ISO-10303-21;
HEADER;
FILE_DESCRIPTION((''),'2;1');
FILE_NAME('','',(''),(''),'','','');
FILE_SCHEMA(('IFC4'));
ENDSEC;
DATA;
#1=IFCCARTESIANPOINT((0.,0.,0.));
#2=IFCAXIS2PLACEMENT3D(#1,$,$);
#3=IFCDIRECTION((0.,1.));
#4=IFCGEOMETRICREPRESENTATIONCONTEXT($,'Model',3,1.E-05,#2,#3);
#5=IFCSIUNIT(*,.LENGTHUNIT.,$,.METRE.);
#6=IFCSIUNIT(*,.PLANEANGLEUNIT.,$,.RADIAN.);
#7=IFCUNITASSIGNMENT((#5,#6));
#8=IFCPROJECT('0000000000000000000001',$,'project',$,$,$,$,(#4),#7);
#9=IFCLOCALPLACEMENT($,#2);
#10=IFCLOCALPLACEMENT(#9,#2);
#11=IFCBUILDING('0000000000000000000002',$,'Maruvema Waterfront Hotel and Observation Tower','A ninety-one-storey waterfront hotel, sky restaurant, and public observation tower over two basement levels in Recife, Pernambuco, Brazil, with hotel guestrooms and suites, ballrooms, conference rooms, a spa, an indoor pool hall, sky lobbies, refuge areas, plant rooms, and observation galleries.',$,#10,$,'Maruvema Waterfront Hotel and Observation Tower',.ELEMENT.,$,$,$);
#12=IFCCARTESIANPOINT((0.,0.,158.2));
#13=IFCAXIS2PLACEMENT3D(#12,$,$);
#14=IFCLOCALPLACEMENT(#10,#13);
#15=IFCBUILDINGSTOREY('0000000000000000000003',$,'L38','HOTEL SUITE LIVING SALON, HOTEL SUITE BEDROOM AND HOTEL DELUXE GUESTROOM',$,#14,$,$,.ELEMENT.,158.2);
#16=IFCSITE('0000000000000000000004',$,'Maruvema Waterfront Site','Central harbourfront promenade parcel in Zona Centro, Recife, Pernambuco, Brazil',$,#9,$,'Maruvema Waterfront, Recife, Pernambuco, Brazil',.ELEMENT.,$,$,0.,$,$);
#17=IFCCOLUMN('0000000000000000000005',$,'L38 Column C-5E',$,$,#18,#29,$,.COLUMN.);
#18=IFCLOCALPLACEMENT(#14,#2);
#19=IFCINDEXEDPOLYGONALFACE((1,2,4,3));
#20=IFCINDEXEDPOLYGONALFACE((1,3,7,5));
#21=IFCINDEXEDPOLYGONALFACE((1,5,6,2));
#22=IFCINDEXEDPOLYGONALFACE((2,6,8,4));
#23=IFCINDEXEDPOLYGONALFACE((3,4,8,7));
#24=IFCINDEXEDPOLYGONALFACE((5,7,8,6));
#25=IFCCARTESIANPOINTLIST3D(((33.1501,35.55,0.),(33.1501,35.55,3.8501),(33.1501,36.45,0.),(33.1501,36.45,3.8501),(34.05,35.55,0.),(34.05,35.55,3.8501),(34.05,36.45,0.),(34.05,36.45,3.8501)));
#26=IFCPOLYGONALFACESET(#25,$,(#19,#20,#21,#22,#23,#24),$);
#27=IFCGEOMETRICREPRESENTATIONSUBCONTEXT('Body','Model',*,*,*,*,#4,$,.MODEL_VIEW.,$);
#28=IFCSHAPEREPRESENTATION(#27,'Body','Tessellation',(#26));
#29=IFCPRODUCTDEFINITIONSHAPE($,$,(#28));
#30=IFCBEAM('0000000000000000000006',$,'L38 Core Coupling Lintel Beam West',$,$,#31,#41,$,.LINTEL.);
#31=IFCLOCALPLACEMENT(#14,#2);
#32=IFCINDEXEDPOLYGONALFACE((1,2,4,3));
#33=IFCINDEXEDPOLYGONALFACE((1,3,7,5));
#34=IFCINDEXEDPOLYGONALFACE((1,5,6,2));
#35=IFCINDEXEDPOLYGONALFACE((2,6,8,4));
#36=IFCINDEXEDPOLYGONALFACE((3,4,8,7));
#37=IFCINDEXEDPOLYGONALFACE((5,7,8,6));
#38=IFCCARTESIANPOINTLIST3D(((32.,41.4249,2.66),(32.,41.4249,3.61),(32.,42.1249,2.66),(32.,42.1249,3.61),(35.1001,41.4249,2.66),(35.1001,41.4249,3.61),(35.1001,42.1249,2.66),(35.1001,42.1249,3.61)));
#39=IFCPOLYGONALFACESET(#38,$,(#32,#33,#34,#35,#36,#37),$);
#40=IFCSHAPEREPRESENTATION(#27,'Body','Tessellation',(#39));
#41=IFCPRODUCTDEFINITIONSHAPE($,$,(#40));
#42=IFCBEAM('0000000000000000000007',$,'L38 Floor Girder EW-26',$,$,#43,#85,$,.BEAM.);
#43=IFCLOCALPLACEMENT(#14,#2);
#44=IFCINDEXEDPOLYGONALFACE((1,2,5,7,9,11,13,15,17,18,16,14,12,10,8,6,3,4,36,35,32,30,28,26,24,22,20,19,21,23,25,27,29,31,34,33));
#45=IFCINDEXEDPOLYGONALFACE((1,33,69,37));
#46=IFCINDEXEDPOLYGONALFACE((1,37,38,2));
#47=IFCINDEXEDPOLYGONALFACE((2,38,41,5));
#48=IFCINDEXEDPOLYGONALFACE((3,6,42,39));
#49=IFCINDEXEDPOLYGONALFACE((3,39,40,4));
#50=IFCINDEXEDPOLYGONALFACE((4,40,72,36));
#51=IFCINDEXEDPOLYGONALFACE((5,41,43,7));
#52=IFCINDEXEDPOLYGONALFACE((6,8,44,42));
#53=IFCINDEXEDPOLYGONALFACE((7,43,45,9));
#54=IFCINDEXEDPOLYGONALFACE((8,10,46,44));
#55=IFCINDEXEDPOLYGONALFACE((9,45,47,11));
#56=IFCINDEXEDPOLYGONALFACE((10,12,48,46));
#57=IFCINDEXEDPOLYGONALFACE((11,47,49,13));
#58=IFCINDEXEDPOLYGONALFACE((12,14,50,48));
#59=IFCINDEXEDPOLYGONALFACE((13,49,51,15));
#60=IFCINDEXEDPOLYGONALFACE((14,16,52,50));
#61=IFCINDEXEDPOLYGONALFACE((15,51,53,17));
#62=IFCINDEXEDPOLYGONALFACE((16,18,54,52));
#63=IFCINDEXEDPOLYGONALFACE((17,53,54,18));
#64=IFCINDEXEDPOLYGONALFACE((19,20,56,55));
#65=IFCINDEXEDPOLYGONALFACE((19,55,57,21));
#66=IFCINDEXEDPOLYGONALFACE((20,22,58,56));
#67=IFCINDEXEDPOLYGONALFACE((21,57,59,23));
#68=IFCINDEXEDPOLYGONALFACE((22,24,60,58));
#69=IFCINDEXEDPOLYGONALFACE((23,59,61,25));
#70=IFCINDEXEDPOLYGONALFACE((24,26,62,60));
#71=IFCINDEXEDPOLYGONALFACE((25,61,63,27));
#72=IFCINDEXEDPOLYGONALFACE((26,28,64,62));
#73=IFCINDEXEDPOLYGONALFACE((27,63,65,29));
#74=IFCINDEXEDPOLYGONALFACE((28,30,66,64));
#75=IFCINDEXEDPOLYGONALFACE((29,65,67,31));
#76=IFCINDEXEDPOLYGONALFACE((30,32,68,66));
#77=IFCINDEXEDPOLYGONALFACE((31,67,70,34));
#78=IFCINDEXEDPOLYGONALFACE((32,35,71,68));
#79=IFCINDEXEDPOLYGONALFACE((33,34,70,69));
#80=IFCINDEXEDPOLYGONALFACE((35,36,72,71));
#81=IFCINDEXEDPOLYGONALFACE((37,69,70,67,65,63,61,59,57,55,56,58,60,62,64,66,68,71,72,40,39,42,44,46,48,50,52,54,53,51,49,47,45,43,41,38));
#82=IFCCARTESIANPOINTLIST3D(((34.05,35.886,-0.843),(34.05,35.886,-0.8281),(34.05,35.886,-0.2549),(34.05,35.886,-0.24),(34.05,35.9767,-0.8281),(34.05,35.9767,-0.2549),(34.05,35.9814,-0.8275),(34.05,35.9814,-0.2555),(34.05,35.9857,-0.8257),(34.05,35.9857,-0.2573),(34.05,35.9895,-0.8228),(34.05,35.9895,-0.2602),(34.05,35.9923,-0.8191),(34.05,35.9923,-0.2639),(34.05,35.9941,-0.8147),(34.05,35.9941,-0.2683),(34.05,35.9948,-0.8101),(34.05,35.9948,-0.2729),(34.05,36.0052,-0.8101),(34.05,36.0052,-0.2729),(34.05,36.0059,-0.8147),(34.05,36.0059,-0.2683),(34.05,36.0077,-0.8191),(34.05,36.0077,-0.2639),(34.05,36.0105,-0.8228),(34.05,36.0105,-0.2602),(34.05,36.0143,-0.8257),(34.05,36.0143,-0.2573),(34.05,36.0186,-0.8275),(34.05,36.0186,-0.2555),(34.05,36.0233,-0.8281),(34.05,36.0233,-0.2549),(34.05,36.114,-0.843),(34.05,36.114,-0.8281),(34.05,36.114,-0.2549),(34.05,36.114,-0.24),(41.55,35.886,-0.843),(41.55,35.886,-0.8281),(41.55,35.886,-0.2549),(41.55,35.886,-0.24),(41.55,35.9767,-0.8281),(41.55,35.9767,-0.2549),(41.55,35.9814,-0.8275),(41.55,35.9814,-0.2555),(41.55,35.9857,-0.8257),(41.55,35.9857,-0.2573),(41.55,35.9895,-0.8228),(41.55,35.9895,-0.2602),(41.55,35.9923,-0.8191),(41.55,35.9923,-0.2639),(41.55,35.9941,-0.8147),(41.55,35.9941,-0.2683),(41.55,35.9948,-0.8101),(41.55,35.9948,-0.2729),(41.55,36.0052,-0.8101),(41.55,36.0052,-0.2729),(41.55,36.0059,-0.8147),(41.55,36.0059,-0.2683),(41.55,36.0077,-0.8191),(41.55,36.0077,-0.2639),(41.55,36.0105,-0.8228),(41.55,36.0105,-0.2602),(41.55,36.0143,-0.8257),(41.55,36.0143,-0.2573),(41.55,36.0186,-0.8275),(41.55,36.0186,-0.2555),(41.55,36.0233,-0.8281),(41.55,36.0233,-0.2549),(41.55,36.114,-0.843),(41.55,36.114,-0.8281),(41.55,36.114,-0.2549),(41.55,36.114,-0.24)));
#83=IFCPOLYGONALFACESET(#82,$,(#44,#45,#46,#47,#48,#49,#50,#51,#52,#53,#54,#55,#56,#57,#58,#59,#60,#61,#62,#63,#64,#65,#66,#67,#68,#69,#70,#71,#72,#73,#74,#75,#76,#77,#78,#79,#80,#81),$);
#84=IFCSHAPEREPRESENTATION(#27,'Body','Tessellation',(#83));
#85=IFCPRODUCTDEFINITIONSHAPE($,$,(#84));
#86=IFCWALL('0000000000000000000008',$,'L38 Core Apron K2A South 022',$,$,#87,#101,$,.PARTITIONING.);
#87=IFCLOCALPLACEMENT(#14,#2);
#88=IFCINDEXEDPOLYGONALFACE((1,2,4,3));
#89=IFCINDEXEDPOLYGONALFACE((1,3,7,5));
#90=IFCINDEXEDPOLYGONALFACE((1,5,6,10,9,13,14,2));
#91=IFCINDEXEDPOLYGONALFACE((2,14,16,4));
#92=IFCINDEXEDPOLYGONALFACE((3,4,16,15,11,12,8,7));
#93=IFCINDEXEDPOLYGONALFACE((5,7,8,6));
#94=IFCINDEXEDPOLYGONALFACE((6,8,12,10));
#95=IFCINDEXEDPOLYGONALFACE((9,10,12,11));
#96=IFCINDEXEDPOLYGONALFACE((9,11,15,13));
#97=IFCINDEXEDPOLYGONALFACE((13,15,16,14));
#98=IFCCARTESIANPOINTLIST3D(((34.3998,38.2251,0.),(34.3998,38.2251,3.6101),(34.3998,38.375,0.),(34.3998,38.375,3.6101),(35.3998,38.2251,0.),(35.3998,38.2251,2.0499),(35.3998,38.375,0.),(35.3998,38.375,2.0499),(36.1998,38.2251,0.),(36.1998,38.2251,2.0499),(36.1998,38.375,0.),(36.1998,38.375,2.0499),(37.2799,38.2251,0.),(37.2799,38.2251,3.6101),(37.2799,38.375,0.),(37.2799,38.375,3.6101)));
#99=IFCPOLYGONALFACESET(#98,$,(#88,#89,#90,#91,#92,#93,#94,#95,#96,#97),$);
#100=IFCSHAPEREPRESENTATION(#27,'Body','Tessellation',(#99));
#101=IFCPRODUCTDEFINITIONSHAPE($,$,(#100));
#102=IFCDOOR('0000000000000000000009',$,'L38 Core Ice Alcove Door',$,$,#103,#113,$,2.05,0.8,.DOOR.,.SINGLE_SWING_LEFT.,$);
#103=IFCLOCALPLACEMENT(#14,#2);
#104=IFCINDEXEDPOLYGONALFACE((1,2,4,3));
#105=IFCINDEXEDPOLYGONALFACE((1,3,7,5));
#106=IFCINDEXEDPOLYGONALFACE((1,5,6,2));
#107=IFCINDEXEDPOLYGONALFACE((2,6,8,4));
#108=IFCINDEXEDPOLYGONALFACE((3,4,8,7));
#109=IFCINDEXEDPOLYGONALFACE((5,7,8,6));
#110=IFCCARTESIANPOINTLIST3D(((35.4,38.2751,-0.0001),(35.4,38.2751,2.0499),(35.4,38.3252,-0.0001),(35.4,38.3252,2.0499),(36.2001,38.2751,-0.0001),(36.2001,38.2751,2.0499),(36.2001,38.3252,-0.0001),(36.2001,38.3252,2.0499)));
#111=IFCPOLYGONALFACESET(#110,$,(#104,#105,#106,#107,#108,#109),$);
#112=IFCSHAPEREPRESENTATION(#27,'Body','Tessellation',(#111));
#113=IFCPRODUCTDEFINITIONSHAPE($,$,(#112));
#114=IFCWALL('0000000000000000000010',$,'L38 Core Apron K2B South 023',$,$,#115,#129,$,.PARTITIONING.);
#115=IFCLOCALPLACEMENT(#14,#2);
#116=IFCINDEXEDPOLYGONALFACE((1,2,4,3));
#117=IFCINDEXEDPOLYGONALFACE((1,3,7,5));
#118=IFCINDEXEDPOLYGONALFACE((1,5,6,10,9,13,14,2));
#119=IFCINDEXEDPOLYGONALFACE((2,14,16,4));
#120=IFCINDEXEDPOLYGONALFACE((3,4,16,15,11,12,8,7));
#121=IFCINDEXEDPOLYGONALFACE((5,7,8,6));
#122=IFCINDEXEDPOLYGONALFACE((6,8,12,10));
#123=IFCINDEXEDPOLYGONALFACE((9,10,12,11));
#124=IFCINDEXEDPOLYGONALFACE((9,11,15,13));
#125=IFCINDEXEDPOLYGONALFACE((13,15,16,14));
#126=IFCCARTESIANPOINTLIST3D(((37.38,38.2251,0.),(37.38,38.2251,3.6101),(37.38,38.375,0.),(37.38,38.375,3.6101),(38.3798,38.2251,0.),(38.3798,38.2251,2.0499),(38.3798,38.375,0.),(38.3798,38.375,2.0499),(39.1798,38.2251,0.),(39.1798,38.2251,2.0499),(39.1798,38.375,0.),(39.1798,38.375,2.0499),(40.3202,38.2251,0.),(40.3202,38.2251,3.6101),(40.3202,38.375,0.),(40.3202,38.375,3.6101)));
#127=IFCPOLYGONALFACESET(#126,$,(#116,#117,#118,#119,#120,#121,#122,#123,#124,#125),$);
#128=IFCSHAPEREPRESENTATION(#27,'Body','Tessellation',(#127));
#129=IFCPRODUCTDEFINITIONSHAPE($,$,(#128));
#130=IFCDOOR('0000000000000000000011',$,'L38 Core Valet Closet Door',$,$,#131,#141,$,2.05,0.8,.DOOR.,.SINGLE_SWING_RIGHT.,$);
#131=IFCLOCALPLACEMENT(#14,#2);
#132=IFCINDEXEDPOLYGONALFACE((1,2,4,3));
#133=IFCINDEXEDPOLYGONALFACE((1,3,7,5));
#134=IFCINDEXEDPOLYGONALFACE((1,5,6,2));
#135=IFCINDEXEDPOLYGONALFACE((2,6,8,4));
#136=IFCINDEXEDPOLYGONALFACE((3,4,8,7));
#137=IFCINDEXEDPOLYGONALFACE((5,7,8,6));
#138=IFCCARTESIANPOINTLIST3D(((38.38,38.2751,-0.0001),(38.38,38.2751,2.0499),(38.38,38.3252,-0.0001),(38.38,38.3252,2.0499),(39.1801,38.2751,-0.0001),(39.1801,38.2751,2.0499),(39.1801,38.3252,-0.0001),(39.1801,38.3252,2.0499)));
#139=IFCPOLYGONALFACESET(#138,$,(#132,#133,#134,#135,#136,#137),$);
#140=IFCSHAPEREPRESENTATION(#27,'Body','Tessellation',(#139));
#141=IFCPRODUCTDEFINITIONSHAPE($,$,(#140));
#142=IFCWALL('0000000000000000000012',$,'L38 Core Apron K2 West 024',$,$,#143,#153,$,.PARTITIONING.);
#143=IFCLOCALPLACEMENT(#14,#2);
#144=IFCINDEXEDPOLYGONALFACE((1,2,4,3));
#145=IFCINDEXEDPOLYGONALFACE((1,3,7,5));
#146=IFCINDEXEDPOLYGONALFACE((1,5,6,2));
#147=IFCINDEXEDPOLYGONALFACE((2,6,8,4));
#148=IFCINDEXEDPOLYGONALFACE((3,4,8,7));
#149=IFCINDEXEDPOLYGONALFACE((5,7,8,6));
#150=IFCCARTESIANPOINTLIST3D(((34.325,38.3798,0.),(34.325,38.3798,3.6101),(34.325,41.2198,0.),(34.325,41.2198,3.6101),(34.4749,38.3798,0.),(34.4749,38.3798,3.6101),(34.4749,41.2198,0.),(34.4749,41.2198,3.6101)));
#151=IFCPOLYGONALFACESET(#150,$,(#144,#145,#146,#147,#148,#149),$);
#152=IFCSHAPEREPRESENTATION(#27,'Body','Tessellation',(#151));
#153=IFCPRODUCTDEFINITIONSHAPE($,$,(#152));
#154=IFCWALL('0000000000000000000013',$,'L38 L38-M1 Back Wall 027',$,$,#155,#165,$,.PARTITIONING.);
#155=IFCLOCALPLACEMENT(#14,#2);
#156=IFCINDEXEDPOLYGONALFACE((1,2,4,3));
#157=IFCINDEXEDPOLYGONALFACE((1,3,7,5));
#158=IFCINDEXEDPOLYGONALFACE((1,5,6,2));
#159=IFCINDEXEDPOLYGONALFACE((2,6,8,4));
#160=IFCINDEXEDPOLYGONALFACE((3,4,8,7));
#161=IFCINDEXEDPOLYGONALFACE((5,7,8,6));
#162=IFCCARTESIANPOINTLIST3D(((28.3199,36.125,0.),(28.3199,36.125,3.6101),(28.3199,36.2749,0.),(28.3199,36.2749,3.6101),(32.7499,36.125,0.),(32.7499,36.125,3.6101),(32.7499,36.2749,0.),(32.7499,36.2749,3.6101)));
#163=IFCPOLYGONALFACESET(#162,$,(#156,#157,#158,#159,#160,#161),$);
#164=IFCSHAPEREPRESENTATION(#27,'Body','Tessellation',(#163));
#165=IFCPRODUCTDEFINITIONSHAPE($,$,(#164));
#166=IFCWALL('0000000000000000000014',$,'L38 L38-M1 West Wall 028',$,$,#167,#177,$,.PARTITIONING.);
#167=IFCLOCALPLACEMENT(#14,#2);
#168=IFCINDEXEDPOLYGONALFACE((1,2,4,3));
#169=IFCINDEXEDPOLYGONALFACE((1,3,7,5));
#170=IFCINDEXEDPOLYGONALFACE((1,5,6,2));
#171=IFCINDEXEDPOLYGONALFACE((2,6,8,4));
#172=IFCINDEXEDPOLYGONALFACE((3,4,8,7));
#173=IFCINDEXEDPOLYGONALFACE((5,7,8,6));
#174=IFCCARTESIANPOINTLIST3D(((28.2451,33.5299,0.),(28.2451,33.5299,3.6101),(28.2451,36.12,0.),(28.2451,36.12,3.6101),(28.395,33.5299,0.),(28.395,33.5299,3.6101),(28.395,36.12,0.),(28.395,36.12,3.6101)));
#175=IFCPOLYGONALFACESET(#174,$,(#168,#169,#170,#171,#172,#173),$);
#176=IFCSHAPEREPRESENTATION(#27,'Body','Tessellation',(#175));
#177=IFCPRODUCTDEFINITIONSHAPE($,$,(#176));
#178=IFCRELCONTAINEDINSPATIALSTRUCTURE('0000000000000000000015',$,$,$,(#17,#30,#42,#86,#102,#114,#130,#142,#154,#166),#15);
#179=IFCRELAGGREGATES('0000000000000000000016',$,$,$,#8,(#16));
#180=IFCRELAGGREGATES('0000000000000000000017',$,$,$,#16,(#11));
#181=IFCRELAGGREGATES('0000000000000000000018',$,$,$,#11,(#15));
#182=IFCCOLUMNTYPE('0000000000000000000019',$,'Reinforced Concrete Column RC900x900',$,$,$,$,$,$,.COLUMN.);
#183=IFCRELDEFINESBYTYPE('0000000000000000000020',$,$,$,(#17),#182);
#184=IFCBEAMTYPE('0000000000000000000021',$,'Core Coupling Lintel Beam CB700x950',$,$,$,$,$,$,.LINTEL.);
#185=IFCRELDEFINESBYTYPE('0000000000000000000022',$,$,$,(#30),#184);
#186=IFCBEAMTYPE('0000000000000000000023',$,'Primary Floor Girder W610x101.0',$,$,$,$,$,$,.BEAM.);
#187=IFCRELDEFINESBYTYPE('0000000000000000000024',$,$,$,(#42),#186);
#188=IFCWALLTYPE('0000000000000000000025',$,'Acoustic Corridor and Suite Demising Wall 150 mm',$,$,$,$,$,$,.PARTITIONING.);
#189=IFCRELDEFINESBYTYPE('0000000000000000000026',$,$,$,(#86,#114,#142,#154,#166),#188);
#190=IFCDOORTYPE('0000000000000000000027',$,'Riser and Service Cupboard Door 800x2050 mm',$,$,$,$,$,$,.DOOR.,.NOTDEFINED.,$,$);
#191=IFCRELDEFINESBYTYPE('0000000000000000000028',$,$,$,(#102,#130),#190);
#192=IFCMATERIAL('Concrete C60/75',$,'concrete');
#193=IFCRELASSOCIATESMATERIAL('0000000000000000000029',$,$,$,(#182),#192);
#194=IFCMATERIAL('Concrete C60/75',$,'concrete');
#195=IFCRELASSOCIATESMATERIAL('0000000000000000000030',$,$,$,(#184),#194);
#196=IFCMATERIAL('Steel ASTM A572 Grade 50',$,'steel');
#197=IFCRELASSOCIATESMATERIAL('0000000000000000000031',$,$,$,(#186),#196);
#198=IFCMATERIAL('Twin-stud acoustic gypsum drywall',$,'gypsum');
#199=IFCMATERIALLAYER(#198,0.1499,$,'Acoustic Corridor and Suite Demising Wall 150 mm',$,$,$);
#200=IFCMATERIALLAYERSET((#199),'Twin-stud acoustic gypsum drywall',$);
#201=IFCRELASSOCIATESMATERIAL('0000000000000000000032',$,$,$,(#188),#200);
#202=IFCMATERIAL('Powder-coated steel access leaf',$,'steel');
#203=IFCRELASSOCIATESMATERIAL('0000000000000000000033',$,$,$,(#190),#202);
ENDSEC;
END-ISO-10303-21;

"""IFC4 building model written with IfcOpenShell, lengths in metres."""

from ifc_helpers import new_model, si_unit, direction, frame, frame_2d, origin, origin_2d, place, context, subcontext, project, spatial, rectangle, i_section, extrude, material, layer, layer_set, material_profile, profile_set, type_object, element, fill, save


model = new_model("IFC4")

# Units and contexts
model_context = context("Model", 3, precision=1e-05, world=origin(), true_north=direction((0.0, 1.0)))
body_context = subcontext(model_context, "Body", "Model", "MODEL_VIEW")
ifc_project = project(units=[si_unit("LENGTHUNIT", "METRE"), si_unit("PLANEANGLEUNIT", "RADIAN")], contexts=[model_context])

# Site, building, storey
site_placement = place(None, origin())
site = spatial("IfcSite", under=ifc_project, at=site_placement, Name="Maruvema Waterfront Site", Description="Central harbourfront promenade parcel in Zona Centro, Recife, Pernambuco, Brazil", LongName="Maruvema Waterfront, Recife, Pernambuco, Brazil", CompositionType="ELEMENT", RefElevation=0.0)
building_placement = place(site_placement, origin())
building = spatial("IfcBuilding", under=site, at=building_placement, Name="Maruvema Waterfront Hotel and Observation Tower", Description="A ninety-one-storey waterfront hotel, sky restaurant, and public observation tower over two basement levels in Recife, Pernambuco, Brazil, with hotel guestrooms and suites, ballrooms, conference rooms, a spa, an indoor pool hall, sky lobbies, refuge areas, plant rooms, and observation galleries.", LongName="Maruvema Waterfront Hotel and Observation Tower", CompositionType="ELEMENT")
storey_placement = place(building_placement, frame((0.0, 0.0, 158.2)))
storey = spatial("IfcBuildingStorey", under=building, at=storey_placement, Name="L38", Description="HOTEL SUITE LIVING SALON, HOTEL SUITE BEDROOM AND HOTEL DELUXE GUESTROOM", CompositionType="ELEMENT", Elevation=158.2)

# Column
ifc_material_1 = material(Name="Concrete C60/75", Category="concrete")
ifc_material_profile_1 = material_profile(ifc_material_1, rectangle(XDim=0.8999, YDim=0.8999, at=origin_2d()), Name="RC900x900")
ifc_profile_set_1 = profile_set([ifc_material_profile_1], Name="Concrete C60/75")
column_type = type_object("IfcColumnType", Name="Reinforced Concrete Column RC900x900", PredefinedType="COLUMN", material=ifc_profile_set_1)
column_placement = place(storey_placement, frame((33.6001, 36.0, 0.0), z_axis=(0.0, 0.0, 1.0), x_axis=(1.0, 0.0, 0.0)))
element("IfcColumn", 1, at=column_placement, inside=storey, type_object=column_type, Name="L38 Column C-5E", PredefinedType="COLUMN", context=body_context, shape_type="SweptSolid", body=[
    extrude(rectangle(XDim=0.8999, YDim=0.8999, at=origin_2d()), origin(), (0.0, 0.0, 1.0), 3.8501),
])

# Beams
ifc_material_2 = material(Name="Concrete C60/75", Category="concrete")
ifc_material_profile_2 = material_profile(ifc_material_2, rectangle(XDim=0.7, YDim=0.95, at=origin_2d()), Name="CB700x950")
ifc_profile_set_2 = profile_set([ifc_material_profile_2], Name="Concrete C60/75")
beam_type_1 = type_object("IfcBeamType", Name="Core Coupling Lintel Beam CB700x950", PredefinedType="LINTEL", material=ifc_profile_set_2)
beam_1_placement = place(storey_placement, frame((32.0, 41.7749, 3.135), z_axis=(1.0, 0.0, 0.0), x_axis=(0.0, 1.0, 0.0)))
element("IfcBeam", 2, at=beam_1_placement, inside=storey, type_object=beam_type_1, Name="L38 Core Coupling Lintel Beam West", PredefinedType="LINTEL", context=body_context, shape_type="SweptSolid", body=[
    extrude(rectangle(XDim=0.7, YDim=0.95, at=origin_2d()), origin(), (0.0, 0.0, 1.0), 3.1001),
])
ifc_material_3 = material(Name="Steel ASTM A572 Grade 50", Category="steel")
ifc_material_profile_3 = material_profile(ifc_material_3, i_section(OverallWidth=0.228, OverallDepth=0.603, WebThickness=0.0105, FlangeThickness=0.0149, FilletRadius=0.0181, at=origin_2d()), Name="W610x101.0")
ifc_profile_set_3 = profile_set([ifc_material_profile_3], Name="Steel ASTM A572 Grade 50")
beam_type_2 = type_object("IfcBeamType", Name="Primary Floor Girder W610x101.0", PredefinedType="BEAM", material=ifc_profile_set_3)
beam_2_placement = place(storey_placement, frame((34.05, 36.0, -0.5415), z_axis=(1.0, 0.0, 0.0), x_axis=(0.0, 1.0, 0.0)))
element("IfcBeam", 3, at=beam_2_placement, inside=storey, type_object=beam_type_2, Name="L38 Floor Girder EW-26", PredefinedType="BEAM", context=body_context, shape_type="SweptSolid", body=[
    extrude(i_section(OverallWidth=0.228, OverallDepth=0.603, WebThickness=0.0105, FlangeThickness=0.0149, FilletRadius=0.0181, at=origin_2d()), origin(), (0.0, 0.0, 1.0), 7.5),
])

# Walls, openings, doors
ifc_material_4 = material(Name="Twin-stud acoustic gypsum drywall", Category="gypsum")
ifc_layer_1 = layer(ifc_material_4, 0.1499, Name="Acoustic Corridor and Suite Demising Wall 150 mm")
ifc_layer_set_1 = layer_set([ifc_layer_1], Name="Twin-stud acoustic gypsum drywall")
wall_type_1 = type_object("IfcWallType", Name="Acoustic Corridor and Suite Demising Wall 150 mm", PredefinedType="PARTITIONING", material=ifc_layer_set_1)
wall_1_placement = place(storey_placement, frame((34.3999, 38.3, 0.0), z_axis=(0.0, 0.0, 1.0), x_axis=(1.0, 0.0, 0.0)))
wall_1 = element("IfcWall", 4, at=wall_1_placement, inside=storey, type_object=wall_type_1, Name="L38 Core Apron K2A South 022", PredefinedType="PARTITIONING", context=body_context, shape_type="SweptSolid", body=[
    extrude(rectangle(XDim=2.8801, YDim=0.1499, at=frame_2d((1.4399, 0.0))), origin(), (0.0, 0.0, 1.0), 3.6101),
])
opening_1_placement = place(wall_1_placement, frame((1.0, 0.0, 0.0)))
opening_1 = element("IfcOpeningElement", 5, at=opening_1_placement, cuts=wall_1, PredefinedType="OPENING", context=body_context, shape_type="SweptSolid", body=[
    extrude(rectangle(XDim=0.8, YDim=2.05, at=frame_2d((0.3999, 1.0249))), frame((0.0, 0.085, 0.0), z_axis=(0.0, -1.0, 0.0), x_axis=(1.0, 0.0, 0.0)), (0.0, 0.0, 1.0), 0.1699),
])
ifc_material_5 = material(Name="Powder-coated steel access leaf", Category="steel")
door_type_1 = type_object("IfcDoorType", Name="Riser and Service Cupboard Door 800x2050 mm", OperationType="NOTDEFINED", PredefinedType="DOOR", material=ifc_material_5)
door_1_placement = place(opening_1_placement, frame((0.8, 0.0, 0.0), z_axis=(0.0, 0.0, 1.0), x_axis=(-1.0, 0.0, 0.0)))
door_1 = element("IfcDoor", 6, at=door_1_placement, inside=storey, type_object=door_type_1, Name="L38 Core Ice Alcove Door", OperationType="SINGLE_SWING_LEFT", OverallHeight=2.05, OverallWidth=0.8, PredefinedType="DOOR", context=body_context, shape_type="SweptSolid", body=[
    extrude(rectangle(XDim=0.8, YDim=2.05, at=frame_2d((0.3999, 1.0249))), frame((0.0, 0.0249, 0.0), z_axis=(0.0, -1.0, 0.0), x_axis=(1.0, 0.0, 0.0)), (0.0, 0.0, 1.0), 0.05),
])
fill(opening_1, door_1)
wall_2_placement = place(storey_placement, frame((37.3799, 38.3, 0.0), z_axis=(0.0, 0.0, 1.0), x_axis=(1.0, 0.0, 0.0)))
wall_2 = element("IfcWall", 7, at=wall_2_placement, inside=storey, type_object=wall_type_1, Name="L38 Core Apron K2B South 023", PredefinedType="PARTITIONING", context=body_context, shape_type="SweptSolid", body=[
    extrude(rectangle(XDim=2.9402, YDim=0.1499, at=frame_2d((1.4702, 0.0))), origin(), (0.0, 0.0, 1.0), 3.6101),
])
opening_2_placement = place(wall_2_placement, frame((1.0, 0.0, 0.0)))
opening_2 = element("IfcOpeningElement", 8, at=opening_2_placement, cuts=wall_2, PredefinedType="OPENING", context=body_context, shape_type="SweptSolid", body=[
    extrude(rectangle(XDim=0.8, YDim=2.05, at=frame_2d((0.3999, 1.0249))), frame((0.0, 0.085, 0.0), z_axis=(0.0, -1.0, 0.0), x_axis=(1.0, 0.0, 0.0)), (0.0, 0.0, 1.0), 0.1699),
])
door_2_placement = place(opening_2_placement, frame((0.8, 0.0, 0.0), z_axis=(0.0, 0.0, 1.0), x_axis=(-1.0, 0.0, 0.0)))
door_2 = element("IfcDoor", 9, at=door_2_placement, inside=storey, type_object=door_type_1, Name="L38 Core Valet Closet Door", OperationType="SINGLE_SWING_RIGHT", OverallHeight=2.05, OverallWidth=0.8, PredefinedType="DOOR", context=body_context, shape_type="SweptSolid", body=[
    extrude(rectangle(XDim=0.8, YDim=2.05, at=frame_2d((0.3999, 1.0249))), frame((0.0, 0.0249, 0.0), z_axis=(0.0, -1.0, 0.0), x_axis=(1.0, 0.0, 0.0)), (0.0, 0.0, 1.0), 0.05),
])
fill(opening_2, door_2)

# Walls
wall_3_placement = place(storey_placement, frame((34.3999, 38.3799, 0.0), z_axis=(0.0, 0.0, 1.0), x_axis=(0.0, 1.0, 0.0)))
element("IfcWall", 10, at=wall_3_placement, inside=storey, type_object=wall_type_1, Name="L38 Core Apron K2 West 024", PredefinedType="PARTITIONING", context=body_context, shape_type="SweptSolid", body=[
    extrude(rectangle(XDim=2.8401, YDim=0.1499, at=frame_2d((1.4199, 0.0))), origin(), (0.0, 0.0, 1.0), 3.6101),
])
wall_4_placement = place(storey_placement, frame((28.3201, 36.2, 0.0), z_axis=(0.0, 0.0, 1.0), x_axis=(1.0, 0.0, 0.0)))
element("IfcWall", 11, at=wall_4_placement, inside=storey, type_object=wall_type_1, Name="L38 L38-M1 Back Wall 027", PredefinedType="PARTITIONING", context=body_context, shape_type="SweptSolid", body=[
    extrude(rectangle(XDim=4.4299, YDim=0.1499, at=frame_2d((2.2148, 0.0))), origin(), (0.0, 0.0, 1.0), 3.6101),
])
for number, where, z_axis, x_axis, name in (
    (12, (28.3201, 33.53, 0.0), (0.0, 0.0, 1.0), (0.0, 1.0, 0.0), "L38 L38-M1 West Wall 028"),
):
    element("IfcWall", number, at=place(storey_placement, frame(where, z_axis=z_axis, x_axis=x_axis)), inside=storey, type_object=wall_type_1, Name=name, PredefinedType="PARTITIONING", context=body_context, shape_type="SweptSolid", body=[
        extrude(rectangle(XDim=2.5901, YDim=0.1499, at=frame_2d((1.2949, 0.0))), origin(), (0.0, 0.0, 1.0), 3.6101),
    ])

save(model, "model.ifc")
